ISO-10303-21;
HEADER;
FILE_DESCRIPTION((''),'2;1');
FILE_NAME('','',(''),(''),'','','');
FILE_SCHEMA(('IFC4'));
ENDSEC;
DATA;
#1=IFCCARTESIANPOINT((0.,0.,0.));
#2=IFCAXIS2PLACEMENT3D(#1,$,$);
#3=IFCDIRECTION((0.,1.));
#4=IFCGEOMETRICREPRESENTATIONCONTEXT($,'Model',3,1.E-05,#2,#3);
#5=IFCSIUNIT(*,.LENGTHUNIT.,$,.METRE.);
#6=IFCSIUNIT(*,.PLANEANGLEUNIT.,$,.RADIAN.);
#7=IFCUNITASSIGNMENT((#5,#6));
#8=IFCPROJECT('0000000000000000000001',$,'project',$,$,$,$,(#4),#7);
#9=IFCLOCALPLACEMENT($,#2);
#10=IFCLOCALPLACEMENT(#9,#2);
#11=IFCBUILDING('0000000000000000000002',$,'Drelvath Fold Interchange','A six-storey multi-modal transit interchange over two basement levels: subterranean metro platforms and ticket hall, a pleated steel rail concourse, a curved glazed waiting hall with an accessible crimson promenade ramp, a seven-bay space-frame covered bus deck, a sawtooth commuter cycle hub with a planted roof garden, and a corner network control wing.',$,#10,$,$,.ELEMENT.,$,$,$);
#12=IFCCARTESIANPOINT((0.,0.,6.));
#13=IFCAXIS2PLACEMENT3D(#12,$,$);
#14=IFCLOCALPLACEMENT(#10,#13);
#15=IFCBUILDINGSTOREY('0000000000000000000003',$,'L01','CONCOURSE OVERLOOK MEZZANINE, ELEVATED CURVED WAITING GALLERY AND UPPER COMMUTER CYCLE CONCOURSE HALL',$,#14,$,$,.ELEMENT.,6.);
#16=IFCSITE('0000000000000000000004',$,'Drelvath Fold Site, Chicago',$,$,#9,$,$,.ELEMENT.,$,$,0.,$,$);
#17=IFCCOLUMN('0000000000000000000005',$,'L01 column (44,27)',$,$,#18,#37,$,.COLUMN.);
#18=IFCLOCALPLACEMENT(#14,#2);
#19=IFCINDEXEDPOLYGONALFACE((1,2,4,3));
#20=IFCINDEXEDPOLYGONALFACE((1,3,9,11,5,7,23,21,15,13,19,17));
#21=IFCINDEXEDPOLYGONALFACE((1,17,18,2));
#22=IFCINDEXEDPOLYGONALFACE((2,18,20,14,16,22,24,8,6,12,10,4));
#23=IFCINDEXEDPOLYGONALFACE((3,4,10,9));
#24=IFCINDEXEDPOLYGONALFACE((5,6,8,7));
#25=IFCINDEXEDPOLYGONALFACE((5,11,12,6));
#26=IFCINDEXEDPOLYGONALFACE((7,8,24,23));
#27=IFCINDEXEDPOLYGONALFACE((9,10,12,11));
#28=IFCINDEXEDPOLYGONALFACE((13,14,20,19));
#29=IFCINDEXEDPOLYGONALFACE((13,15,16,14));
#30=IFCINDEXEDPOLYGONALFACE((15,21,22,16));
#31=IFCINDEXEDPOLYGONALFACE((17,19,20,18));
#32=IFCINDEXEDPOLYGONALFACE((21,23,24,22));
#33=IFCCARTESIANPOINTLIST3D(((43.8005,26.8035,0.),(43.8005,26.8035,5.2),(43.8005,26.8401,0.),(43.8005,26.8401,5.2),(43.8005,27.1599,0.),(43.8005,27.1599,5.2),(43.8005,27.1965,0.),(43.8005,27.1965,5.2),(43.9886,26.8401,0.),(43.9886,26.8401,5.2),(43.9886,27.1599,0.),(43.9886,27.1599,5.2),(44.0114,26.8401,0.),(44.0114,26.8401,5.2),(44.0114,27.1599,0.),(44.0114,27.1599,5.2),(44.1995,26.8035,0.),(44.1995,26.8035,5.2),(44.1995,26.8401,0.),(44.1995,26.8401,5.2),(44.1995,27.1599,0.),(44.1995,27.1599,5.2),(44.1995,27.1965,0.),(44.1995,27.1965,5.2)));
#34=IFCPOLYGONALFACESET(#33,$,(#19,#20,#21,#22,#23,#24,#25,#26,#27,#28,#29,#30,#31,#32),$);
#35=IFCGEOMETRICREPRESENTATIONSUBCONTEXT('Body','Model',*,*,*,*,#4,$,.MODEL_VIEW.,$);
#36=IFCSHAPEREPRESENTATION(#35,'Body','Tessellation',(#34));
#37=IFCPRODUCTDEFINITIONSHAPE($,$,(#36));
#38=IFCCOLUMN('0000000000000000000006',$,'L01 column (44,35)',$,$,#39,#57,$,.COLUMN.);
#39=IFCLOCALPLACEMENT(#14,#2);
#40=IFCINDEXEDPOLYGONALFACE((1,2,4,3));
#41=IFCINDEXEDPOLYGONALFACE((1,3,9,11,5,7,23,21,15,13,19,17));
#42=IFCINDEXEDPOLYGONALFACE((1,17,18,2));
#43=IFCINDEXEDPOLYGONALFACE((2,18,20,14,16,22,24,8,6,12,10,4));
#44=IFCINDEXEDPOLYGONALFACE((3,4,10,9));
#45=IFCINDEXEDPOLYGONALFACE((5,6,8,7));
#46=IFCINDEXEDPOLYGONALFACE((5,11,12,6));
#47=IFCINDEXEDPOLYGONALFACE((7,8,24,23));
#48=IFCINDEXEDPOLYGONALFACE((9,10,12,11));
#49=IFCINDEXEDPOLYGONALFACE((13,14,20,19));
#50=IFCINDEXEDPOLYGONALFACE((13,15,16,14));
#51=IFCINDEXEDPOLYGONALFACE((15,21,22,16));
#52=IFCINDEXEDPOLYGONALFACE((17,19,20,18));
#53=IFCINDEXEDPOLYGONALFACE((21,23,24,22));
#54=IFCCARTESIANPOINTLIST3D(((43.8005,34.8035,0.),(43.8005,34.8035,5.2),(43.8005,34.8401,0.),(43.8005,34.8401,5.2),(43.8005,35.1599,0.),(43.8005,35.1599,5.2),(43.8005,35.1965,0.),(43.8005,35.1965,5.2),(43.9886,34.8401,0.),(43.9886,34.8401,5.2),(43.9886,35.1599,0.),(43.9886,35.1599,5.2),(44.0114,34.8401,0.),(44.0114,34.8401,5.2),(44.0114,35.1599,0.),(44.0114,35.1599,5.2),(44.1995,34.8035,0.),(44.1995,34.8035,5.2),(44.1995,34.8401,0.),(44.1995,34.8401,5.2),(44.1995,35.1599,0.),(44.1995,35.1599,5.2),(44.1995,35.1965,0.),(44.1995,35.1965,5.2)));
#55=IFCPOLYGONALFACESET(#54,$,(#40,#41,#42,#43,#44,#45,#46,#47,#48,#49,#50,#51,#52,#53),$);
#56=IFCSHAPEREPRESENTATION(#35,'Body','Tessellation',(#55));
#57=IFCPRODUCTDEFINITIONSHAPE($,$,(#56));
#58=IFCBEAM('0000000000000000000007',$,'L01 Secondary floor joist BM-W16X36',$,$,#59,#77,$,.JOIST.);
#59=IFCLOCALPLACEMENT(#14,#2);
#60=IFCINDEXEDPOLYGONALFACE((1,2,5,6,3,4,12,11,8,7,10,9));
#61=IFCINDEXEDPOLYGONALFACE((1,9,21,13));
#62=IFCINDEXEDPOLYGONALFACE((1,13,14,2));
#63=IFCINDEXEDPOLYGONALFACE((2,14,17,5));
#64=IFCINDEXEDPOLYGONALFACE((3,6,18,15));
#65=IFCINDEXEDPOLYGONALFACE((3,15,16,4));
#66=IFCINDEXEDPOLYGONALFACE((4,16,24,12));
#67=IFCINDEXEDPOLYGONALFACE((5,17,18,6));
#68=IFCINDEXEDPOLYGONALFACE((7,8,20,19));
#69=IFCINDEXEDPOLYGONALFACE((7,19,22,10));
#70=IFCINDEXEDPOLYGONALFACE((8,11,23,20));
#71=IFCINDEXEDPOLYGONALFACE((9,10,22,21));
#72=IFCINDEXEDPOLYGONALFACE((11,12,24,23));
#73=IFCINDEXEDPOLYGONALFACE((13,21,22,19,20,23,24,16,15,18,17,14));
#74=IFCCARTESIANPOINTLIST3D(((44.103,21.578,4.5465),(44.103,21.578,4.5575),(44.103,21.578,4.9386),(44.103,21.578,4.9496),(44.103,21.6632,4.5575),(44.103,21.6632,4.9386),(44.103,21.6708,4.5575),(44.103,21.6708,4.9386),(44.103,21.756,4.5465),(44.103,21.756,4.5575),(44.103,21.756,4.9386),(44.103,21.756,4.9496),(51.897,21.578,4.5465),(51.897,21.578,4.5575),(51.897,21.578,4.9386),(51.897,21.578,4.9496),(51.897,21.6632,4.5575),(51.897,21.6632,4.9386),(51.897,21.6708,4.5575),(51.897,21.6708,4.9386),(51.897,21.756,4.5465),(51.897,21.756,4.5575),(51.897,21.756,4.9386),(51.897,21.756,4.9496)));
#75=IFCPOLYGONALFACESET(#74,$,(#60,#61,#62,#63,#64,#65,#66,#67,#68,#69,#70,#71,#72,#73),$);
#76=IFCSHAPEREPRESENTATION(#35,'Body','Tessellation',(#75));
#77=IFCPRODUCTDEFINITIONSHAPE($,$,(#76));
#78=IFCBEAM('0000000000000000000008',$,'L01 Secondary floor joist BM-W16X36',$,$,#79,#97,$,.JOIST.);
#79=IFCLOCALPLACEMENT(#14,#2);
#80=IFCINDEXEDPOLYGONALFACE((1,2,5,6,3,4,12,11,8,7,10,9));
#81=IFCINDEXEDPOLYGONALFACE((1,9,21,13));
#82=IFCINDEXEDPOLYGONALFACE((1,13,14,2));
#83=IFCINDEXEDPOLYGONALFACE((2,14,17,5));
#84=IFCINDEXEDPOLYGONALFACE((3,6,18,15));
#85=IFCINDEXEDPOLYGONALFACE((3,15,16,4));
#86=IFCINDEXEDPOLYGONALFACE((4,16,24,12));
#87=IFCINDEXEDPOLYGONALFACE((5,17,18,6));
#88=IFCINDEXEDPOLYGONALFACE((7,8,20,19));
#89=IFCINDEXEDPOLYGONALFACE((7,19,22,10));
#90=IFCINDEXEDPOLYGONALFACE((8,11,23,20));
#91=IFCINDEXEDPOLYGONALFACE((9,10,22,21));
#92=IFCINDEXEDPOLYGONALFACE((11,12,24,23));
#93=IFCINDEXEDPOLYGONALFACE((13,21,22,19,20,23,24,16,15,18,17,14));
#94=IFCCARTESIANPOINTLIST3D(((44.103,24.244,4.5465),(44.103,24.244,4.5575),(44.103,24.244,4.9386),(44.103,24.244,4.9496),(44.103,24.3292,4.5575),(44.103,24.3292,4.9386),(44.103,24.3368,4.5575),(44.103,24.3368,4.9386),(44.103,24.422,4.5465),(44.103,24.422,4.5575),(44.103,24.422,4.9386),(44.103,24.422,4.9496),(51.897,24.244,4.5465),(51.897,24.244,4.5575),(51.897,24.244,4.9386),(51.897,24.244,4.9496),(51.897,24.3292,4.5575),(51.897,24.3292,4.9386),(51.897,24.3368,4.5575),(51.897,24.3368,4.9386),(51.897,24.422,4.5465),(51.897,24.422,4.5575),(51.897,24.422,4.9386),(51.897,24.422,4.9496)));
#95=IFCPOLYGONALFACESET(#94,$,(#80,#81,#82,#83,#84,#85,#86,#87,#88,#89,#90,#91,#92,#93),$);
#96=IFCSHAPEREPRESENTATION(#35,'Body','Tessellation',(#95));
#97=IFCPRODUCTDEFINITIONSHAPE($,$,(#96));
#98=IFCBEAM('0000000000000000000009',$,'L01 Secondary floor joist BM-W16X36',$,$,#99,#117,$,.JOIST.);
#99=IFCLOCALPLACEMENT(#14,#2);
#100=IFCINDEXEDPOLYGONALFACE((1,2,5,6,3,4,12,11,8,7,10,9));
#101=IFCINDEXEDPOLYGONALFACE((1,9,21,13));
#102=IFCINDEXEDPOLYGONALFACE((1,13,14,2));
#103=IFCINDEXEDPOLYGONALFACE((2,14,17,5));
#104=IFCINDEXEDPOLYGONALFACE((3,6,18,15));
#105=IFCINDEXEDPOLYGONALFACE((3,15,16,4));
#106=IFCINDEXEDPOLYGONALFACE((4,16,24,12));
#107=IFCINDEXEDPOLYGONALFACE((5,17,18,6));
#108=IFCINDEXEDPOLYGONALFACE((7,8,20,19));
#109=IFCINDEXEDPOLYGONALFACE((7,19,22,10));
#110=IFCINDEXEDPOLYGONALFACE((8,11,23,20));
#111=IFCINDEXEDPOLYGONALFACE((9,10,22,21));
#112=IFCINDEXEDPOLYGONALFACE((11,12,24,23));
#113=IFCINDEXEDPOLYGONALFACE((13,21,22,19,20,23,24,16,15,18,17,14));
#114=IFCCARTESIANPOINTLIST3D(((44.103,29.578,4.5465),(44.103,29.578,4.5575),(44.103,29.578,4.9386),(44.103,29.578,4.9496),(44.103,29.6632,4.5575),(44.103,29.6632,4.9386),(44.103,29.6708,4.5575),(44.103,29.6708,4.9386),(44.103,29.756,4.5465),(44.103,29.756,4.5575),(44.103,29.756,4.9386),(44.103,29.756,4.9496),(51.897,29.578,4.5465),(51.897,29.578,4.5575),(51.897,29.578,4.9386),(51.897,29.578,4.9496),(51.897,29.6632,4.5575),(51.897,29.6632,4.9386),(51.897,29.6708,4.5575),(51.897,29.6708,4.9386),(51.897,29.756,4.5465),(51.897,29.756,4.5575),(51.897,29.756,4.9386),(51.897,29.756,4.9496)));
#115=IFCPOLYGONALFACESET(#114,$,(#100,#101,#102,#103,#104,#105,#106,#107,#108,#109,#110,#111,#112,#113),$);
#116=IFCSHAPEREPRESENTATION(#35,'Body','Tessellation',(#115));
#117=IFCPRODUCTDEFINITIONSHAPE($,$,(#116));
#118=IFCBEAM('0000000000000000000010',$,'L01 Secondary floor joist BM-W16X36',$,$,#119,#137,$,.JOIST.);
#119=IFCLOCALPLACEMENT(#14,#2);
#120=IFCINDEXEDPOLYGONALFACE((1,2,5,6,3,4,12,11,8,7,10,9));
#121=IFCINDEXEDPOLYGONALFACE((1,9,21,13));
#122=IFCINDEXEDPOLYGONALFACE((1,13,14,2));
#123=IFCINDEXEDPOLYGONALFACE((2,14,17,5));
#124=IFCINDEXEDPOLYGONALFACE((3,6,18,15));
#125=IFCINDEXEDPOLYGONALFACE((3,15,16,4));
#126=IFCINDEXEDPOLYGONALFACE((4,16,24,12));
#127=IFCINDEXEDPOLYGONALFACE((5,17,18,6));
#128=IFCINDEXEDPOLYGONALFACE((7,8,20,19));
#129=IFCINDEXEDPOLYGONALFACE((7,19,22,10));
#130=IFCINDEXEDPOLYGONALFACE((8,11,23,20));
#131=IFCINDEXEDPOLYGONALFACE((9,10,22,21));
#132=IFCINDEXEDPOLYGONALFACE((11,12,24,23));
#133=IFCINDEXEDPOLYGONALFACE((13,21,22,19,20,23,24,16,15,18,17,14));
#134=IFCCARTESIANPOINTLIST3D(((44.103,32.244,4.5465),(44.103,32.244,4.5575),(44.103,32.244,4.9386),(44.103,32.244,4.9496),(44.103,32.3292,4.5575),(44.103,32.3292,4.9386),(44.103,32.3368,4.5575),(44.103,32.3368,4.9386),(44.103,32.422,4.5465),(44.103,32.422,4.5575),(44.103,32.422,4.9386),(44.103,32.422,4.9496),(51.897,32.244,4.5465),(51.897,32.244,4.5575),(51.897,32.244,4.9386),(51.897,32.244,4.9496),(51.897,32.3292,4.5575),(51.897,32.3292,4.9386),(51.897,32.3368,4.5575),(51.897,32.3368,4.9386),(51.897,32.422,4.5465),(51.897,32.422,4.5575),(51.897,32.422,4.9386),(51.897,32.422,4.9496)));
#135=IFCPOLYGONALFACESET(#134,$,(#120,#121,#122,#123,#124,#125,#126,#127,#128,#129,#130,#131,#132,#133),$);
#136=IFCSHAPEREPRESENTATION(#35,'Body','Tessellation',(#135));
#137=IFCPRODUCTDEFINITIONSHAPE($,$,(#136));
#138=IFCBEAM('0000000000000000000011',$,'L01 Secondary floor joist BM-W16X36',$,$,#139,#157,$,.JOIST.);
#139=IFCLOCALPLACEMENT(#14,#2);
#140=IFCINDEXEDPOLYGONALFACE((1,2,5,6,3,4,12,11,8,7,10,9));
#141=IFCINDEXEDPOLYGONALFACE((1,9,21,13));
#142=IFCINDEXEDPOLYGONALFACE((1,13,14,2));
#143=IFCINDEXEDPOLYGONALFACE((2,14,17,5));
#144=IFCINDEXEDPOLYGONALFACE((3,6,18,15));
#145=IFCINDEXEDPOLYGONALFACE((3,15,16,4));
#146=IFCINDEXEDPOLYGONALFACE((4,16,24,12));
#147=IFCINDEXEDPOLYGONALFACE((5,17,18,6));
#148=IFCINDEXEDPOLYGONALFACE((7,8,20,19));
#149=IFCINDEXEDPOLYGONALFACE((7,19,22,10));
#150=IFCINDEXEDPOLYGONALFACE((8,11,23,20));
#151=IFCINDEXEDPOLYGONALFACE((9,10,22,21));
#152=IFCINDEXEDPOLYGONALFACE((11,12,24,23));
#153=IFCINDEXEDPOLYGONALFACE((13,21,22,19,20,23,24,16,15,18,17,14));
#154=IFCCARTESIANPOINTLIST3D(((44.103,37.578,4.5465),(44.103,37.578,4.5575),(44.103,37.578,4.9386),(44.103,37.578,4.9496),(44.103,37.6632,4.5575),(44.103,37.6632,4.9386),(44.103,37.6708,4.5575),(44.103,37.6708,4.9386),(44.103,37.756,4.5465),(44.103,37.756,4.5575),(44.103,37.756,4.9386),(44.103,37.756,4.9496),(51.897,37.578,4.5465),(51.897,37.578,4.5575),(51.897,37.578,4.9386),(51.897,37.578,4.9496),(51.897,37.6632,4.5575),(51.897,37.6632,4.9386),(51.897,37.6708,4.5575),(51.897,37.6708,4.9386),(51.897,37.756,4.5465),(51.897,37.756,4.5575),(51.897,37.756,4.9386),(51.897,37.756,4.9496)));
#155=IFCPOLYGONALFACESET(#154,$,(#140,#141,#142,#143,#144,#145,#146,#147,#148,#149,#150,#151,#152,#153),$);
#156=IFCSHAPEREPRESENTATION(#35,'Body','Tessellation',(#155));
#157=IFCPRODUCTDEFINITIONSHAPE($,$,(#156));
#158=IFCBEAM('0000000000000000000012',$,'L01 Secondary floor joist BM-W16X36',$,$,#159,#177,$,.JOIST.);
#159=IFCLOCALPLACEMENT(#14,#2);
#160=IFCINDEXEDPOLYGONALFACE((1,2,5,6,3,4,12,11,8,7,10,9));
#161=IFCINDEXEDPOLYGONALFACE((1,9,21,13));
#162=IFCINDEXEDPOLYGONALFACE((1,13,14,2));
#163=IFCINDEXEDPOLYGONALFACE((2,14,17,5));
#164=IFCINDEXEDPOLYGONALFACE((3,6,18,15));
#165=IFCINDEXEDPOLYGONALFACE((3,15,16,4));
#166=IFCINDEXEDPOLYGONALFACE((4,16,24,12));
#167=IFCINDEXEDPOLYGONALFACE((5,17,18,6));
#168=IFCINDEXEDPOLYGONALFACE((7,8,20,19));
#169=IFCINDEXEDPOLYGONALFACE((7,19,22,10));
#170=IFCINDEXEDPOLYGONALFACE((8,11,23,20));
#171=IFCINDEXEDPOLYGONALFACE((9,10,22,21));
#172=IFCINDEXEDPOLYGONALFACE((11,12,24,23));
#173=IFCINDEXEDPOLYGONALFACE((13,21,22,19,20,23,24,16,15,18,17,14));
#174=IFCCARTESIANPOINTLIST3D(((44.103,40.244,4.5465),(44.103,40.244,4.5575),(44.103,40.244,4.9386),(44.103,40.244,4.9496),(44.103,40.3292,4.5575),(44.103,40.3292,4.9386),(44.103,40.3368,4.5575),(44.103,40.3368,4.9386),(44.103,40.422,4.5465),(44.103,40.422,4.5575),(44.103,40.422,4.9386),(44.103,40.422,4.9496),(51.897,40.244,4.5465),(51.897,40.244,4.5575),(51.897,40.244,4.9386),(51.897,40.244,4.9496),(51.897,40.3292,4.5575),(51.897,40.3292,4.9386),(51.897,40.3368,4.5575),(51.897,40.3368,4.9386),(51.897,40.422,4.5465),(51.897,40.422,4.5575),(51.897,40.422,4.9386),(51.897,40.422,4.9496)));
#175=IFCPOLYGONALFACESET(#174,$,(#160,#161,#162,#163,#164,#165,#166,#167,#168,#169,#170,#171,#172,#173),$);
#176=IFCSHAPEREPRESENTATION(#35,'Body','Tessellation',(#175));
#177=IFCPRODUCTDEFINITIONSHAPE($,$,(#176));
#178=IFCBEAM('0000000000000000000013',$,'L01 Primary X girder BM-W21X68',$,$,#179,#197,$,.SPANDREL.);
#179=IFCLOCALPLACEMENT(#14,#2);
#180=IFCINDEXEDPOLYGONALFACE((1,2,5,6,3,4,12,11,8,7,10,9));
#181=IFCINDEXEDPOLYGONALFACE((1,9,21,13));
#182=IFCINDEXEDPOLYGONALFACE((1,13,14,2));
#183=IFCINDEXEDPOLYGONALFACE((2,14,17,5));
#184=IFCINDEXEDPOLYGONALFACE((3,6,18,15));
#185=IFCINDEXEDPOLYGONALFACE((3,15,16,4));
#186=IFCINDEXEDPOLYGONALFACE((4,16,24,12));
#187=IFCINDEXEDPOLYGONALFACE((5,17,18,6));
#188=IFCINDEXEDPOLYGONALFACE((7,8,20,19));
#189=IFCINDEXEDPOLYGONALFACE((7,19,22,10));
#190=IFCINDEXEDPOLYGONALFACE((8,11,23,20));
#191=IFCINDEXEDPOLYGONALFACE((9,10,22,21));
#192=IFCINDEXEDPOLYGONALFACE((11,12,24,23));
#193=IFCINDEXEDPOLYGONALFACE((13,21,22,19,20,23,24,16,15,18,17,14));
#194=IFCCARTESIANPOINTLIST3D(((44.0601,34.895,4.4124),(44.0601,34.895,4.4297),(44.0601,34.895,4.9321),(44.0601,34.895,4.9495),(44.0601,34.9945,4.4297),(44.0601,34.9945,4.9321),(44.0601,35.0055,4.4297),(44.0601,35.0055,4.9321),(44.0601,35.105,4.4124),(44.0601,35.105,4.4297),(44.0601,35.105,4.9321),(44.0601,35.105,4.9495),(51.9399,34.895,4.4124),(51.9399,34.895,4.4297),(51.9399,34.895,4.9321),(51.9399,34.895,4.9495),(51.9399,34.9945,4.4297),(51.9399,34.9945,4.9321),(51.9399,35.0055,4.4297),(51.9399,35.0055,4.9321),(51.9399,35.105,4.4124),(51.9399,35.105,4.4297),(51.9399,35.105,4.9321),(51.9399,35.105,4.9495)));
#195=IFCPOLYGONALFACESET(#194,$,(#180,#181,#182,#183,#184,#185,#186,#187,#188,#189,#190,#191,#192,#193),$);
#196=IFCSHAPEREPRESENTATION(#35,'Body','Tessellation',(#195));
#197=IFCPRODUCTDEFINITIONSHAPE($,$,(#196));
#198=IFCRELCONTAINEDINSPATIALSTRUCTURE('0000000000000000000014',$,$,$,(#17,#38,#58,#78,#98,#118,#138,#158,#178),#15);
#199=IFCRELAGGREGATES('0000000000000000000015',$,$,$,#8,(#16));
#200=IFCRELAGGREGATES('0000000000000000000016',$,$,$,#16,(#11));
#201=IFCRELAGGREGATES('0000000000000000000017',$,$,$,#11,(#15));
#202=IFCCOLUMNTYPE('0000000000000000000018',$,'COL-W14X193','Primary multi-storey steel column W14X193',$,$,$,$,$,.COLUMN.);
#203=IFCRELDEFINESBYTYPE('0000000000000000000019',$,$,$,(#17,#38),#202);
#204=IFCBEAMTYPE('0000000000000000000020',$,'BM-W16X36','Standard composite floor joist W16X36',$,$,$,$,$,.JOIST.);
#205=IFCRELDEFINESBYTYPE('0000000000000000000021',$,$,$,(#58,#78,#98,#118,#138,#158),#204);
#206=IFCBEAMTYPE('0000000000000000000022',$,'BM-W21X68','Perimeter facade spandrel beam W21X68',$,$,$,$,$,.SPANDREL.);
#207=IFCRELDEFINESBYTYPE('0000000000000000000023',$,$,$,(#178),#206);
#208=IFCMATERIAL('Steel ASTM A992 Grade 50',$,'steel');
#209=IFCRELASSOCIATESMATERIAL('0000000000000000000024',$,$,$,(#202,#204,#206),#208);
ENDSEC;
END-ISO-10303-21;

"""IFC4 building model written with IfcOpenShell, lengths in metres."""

from ifc_helpers import new_model, si_unit, direction, frame, origin, origin_2d, place, context, subcontext, project, spatial, i_section, extrude, material, material_profile, profile_set, type_object, element, save


model = new_model("IFC4")

# Units and contexts
model_context = context("Model", 3, precision=1e-05, world=origin(), true_north=direction((0.0, 1.0)))
body_context = subcontext(model_context, "Body", "Model", "MODEL_VIEW")
ifc_project = project(units=[si_unit("LENGTHUNIT", "METRE"), si_unit("PLANEANGLEUNIT", "RADIAN")], contexts=[model_context])

# Site, building, storey
site_placement = place(None, origin())
site = spatial("IfcSite", under=ifc_project, at=site_placement, Name="Drelvath Fold Site, Chicago", CompositionType="ELEMENT", RefElevation=0.0)
building_placement = place(site_placement, origin())
building = spatial("IfcBuilding", under=site, at=building_placement, Name="Drelvath Fold Interchange", Description="A six-storey multi-modal transit interchange over two basement levels: subterranean metro platforms and ticket hall, a pleated steel rail concourse, a curved glazed waiting hall with an accessible crimson promenade ramp, a seven-bay space-frame covered bus deck, a sawtooth commuter cycle hub with a planted roof garden, and a corner network control wing.", CompositionType="ELEMENT")
storey_placement = place(building_placement, frame((0.0, 0.0, 6.0)))
storey = spatial("IfcBuildingStorey", under=building, at=storey_placement, Name="L01", Description="CONCOURSE OVERLOOK MEZZANINE, ELEVATED CURVED WAITING GALLERY AND UPPER COMMUTER CYCLE CONCOURSE HALL", CompositionType="ELEMENT", Elevation=6.0)

# Columns
ifc_material_1 = material(Name="Steel ASTM A992 Grade 50", Category="steel")
ifc_material_profile_1 = material_profile(ifc_material_1, i_section(OverallWidth=0.3989, OverallDepth=0.3931, WebThickness=0.0227, FlangeThickness=0.0366, at=origin_2d()), Name="W14X193")
ifc_profile_set_1 = profile_set([ifc_material_profile_1], Name="Steel ASTM A992 Grade 50")
column_type = type_object("IfcColumnType", Name="COL-W14X193", Description="Primary multi-storey steel column W14X193", PredefinedType="COLUMN", material=ifc_profile_set_1)
for number, where, z_axis, x_axis, name in (
    (1, (44.0, 27.0, 0.0), (0.0, 0.0, 1.0), (1.0, 0.0, 0.0), "L01 column (44,27)"),
    (2, (44.0, 35.0, 0.0), (0.0, 0.0, 1.0), (1.0, 0.0, 0.0), "L01 column (44,35)"),
):
    element("IfcColumn", number, at=place(storey_placement, frame(where, z_axis=z_axis, x_axis=x_axis)), inside=storey, type_object=column_type, Name=name, PredefinedType="COLUMN", context=body_context, shape_type="SweptSolid", body=[
        extrude(i_section(OverallWidth=0.3989, OverallDepth=0.3931, WebThickness=0.0227, FlangeThickness=0.0366, at=origin_2d()), origin(), (0.0, 0.0, 1.0), 5.2),
    ])

# Beams
ifc_material_profile_2 = material_profile(ifc_material_1, i_section(OverallWidth=0.178, OverallDepth=0.4031, WebThickness=0.0076, FlangeThickness=0.011, at=origin_2d()), Name="W16X36")
ifc_profile_set_2 = profile_set([ifc_material_profile_2], Name="Steel ASTM A992 Grade 50")
beam_type_1 = type_object("IfcBeamType", Name="BM-W16X36", Description="Standard composite floor joist W16X36", PredefinedType="JOIST", material=ifc_profile_set_2)
for number, where, z_axis, x_axis, name in (
    (3, (44.103, 21.667, 4.748), (1.0, 0.0, 0.0), (0.0, 1.0, 0.0), "L01 Secondary floor joist BM-W16X36"),
    (4, (44.103, 24.333, 4.748), (1.0, 0.0, 0.0), (0.0, 1.0, 0.0), "L01 Secondary floor joist BM-W16X36"),
    (5, (44.103, 29.667, 4.748), (1.0, 0.0, 0.0), (0.0, 1.0, 0.0), "L01 Secondary floor joist BM-W16X36"),
    (6, (44.103, 32.333, 4.748), (1.0, 0.0, 0.0), (0.0, 1.0, 0.0), "L01 Secondary floor joist BM-W16X36"),
    (7, (44.103, 37.667, 4.748), (1.0, 0.0, 0.0), (0.0, 1.0, 0.0), "L01 Secondary floor joist BM-W16X36"),
    (8, (44.103, 40.333, 4.748), (1.0, 0.0, 0.0), (0.0, 1.0, 0.0), "L01 Secondary floor joist BM-W16X36"),
):
    element("IfcBeam", number, at=place(storey_placement, frame(where, z_axis=z_axis, x_axis=x_axis)), inside=storey, type_object=beam_type_1, Name=name, PredefinedType="JOIST", context=body_context, shape_type="SweptSolid", body=[
        extrude(i_section(OverallWidth=0.178, OverallDepth=0.4031, WebThickness=0.0076, FlangeThickness=0.011, at=origin_2d()), origin(), (0.0, 0.0, 1.0), 7.7939),
    ])
ifc_material_profile_3 = material_profile(ifc_material_1, i_section(OverallWidth=0.21, OverallDepth=0.5371, WebThickness=0.011, FlangeThickness=0.0173, at=origin_2d()), Name="W21X68")
ifc_profile_set_3 = profile_set([ifc_material_profile_3], Name="Steel ASTM A992 Grade 50")
beam_type_2 = type_object("IfcBeamType", Name="BM-W21X68", Description="Perimeter facade spandrel beam W21X68", PredefinedType="SPANDREL", material=ifc_profile_set_3)
for number, where, z_axis, x_axis, name in (
    (9, (44.0601, 35.0, 4.6809), (1.0, 0.0, 0.0), (0.0, 1.0, 0.0), "L01 Primary X girder BM-W21X68"),
):
    element("IfcBeam", number, at=place(storey_placement, frame(where, z_axis=z_axis, x_axis=x_axis)), inside=storey, type_object=beam_type_2, Name=name, PredefinedType="SPANDREL", context=body_context, shape_type="SweptSolid", body=[
        extrude(i_section(OverallWidth=0.21, OverallDepth=0.5371, WebThickness=0.011, FlangeThickness=0.0173, at=origin_2d()), origin(), (0.0, 0.0, 1.0), 7.8799),
    ])

save(model, "model.ifc")
